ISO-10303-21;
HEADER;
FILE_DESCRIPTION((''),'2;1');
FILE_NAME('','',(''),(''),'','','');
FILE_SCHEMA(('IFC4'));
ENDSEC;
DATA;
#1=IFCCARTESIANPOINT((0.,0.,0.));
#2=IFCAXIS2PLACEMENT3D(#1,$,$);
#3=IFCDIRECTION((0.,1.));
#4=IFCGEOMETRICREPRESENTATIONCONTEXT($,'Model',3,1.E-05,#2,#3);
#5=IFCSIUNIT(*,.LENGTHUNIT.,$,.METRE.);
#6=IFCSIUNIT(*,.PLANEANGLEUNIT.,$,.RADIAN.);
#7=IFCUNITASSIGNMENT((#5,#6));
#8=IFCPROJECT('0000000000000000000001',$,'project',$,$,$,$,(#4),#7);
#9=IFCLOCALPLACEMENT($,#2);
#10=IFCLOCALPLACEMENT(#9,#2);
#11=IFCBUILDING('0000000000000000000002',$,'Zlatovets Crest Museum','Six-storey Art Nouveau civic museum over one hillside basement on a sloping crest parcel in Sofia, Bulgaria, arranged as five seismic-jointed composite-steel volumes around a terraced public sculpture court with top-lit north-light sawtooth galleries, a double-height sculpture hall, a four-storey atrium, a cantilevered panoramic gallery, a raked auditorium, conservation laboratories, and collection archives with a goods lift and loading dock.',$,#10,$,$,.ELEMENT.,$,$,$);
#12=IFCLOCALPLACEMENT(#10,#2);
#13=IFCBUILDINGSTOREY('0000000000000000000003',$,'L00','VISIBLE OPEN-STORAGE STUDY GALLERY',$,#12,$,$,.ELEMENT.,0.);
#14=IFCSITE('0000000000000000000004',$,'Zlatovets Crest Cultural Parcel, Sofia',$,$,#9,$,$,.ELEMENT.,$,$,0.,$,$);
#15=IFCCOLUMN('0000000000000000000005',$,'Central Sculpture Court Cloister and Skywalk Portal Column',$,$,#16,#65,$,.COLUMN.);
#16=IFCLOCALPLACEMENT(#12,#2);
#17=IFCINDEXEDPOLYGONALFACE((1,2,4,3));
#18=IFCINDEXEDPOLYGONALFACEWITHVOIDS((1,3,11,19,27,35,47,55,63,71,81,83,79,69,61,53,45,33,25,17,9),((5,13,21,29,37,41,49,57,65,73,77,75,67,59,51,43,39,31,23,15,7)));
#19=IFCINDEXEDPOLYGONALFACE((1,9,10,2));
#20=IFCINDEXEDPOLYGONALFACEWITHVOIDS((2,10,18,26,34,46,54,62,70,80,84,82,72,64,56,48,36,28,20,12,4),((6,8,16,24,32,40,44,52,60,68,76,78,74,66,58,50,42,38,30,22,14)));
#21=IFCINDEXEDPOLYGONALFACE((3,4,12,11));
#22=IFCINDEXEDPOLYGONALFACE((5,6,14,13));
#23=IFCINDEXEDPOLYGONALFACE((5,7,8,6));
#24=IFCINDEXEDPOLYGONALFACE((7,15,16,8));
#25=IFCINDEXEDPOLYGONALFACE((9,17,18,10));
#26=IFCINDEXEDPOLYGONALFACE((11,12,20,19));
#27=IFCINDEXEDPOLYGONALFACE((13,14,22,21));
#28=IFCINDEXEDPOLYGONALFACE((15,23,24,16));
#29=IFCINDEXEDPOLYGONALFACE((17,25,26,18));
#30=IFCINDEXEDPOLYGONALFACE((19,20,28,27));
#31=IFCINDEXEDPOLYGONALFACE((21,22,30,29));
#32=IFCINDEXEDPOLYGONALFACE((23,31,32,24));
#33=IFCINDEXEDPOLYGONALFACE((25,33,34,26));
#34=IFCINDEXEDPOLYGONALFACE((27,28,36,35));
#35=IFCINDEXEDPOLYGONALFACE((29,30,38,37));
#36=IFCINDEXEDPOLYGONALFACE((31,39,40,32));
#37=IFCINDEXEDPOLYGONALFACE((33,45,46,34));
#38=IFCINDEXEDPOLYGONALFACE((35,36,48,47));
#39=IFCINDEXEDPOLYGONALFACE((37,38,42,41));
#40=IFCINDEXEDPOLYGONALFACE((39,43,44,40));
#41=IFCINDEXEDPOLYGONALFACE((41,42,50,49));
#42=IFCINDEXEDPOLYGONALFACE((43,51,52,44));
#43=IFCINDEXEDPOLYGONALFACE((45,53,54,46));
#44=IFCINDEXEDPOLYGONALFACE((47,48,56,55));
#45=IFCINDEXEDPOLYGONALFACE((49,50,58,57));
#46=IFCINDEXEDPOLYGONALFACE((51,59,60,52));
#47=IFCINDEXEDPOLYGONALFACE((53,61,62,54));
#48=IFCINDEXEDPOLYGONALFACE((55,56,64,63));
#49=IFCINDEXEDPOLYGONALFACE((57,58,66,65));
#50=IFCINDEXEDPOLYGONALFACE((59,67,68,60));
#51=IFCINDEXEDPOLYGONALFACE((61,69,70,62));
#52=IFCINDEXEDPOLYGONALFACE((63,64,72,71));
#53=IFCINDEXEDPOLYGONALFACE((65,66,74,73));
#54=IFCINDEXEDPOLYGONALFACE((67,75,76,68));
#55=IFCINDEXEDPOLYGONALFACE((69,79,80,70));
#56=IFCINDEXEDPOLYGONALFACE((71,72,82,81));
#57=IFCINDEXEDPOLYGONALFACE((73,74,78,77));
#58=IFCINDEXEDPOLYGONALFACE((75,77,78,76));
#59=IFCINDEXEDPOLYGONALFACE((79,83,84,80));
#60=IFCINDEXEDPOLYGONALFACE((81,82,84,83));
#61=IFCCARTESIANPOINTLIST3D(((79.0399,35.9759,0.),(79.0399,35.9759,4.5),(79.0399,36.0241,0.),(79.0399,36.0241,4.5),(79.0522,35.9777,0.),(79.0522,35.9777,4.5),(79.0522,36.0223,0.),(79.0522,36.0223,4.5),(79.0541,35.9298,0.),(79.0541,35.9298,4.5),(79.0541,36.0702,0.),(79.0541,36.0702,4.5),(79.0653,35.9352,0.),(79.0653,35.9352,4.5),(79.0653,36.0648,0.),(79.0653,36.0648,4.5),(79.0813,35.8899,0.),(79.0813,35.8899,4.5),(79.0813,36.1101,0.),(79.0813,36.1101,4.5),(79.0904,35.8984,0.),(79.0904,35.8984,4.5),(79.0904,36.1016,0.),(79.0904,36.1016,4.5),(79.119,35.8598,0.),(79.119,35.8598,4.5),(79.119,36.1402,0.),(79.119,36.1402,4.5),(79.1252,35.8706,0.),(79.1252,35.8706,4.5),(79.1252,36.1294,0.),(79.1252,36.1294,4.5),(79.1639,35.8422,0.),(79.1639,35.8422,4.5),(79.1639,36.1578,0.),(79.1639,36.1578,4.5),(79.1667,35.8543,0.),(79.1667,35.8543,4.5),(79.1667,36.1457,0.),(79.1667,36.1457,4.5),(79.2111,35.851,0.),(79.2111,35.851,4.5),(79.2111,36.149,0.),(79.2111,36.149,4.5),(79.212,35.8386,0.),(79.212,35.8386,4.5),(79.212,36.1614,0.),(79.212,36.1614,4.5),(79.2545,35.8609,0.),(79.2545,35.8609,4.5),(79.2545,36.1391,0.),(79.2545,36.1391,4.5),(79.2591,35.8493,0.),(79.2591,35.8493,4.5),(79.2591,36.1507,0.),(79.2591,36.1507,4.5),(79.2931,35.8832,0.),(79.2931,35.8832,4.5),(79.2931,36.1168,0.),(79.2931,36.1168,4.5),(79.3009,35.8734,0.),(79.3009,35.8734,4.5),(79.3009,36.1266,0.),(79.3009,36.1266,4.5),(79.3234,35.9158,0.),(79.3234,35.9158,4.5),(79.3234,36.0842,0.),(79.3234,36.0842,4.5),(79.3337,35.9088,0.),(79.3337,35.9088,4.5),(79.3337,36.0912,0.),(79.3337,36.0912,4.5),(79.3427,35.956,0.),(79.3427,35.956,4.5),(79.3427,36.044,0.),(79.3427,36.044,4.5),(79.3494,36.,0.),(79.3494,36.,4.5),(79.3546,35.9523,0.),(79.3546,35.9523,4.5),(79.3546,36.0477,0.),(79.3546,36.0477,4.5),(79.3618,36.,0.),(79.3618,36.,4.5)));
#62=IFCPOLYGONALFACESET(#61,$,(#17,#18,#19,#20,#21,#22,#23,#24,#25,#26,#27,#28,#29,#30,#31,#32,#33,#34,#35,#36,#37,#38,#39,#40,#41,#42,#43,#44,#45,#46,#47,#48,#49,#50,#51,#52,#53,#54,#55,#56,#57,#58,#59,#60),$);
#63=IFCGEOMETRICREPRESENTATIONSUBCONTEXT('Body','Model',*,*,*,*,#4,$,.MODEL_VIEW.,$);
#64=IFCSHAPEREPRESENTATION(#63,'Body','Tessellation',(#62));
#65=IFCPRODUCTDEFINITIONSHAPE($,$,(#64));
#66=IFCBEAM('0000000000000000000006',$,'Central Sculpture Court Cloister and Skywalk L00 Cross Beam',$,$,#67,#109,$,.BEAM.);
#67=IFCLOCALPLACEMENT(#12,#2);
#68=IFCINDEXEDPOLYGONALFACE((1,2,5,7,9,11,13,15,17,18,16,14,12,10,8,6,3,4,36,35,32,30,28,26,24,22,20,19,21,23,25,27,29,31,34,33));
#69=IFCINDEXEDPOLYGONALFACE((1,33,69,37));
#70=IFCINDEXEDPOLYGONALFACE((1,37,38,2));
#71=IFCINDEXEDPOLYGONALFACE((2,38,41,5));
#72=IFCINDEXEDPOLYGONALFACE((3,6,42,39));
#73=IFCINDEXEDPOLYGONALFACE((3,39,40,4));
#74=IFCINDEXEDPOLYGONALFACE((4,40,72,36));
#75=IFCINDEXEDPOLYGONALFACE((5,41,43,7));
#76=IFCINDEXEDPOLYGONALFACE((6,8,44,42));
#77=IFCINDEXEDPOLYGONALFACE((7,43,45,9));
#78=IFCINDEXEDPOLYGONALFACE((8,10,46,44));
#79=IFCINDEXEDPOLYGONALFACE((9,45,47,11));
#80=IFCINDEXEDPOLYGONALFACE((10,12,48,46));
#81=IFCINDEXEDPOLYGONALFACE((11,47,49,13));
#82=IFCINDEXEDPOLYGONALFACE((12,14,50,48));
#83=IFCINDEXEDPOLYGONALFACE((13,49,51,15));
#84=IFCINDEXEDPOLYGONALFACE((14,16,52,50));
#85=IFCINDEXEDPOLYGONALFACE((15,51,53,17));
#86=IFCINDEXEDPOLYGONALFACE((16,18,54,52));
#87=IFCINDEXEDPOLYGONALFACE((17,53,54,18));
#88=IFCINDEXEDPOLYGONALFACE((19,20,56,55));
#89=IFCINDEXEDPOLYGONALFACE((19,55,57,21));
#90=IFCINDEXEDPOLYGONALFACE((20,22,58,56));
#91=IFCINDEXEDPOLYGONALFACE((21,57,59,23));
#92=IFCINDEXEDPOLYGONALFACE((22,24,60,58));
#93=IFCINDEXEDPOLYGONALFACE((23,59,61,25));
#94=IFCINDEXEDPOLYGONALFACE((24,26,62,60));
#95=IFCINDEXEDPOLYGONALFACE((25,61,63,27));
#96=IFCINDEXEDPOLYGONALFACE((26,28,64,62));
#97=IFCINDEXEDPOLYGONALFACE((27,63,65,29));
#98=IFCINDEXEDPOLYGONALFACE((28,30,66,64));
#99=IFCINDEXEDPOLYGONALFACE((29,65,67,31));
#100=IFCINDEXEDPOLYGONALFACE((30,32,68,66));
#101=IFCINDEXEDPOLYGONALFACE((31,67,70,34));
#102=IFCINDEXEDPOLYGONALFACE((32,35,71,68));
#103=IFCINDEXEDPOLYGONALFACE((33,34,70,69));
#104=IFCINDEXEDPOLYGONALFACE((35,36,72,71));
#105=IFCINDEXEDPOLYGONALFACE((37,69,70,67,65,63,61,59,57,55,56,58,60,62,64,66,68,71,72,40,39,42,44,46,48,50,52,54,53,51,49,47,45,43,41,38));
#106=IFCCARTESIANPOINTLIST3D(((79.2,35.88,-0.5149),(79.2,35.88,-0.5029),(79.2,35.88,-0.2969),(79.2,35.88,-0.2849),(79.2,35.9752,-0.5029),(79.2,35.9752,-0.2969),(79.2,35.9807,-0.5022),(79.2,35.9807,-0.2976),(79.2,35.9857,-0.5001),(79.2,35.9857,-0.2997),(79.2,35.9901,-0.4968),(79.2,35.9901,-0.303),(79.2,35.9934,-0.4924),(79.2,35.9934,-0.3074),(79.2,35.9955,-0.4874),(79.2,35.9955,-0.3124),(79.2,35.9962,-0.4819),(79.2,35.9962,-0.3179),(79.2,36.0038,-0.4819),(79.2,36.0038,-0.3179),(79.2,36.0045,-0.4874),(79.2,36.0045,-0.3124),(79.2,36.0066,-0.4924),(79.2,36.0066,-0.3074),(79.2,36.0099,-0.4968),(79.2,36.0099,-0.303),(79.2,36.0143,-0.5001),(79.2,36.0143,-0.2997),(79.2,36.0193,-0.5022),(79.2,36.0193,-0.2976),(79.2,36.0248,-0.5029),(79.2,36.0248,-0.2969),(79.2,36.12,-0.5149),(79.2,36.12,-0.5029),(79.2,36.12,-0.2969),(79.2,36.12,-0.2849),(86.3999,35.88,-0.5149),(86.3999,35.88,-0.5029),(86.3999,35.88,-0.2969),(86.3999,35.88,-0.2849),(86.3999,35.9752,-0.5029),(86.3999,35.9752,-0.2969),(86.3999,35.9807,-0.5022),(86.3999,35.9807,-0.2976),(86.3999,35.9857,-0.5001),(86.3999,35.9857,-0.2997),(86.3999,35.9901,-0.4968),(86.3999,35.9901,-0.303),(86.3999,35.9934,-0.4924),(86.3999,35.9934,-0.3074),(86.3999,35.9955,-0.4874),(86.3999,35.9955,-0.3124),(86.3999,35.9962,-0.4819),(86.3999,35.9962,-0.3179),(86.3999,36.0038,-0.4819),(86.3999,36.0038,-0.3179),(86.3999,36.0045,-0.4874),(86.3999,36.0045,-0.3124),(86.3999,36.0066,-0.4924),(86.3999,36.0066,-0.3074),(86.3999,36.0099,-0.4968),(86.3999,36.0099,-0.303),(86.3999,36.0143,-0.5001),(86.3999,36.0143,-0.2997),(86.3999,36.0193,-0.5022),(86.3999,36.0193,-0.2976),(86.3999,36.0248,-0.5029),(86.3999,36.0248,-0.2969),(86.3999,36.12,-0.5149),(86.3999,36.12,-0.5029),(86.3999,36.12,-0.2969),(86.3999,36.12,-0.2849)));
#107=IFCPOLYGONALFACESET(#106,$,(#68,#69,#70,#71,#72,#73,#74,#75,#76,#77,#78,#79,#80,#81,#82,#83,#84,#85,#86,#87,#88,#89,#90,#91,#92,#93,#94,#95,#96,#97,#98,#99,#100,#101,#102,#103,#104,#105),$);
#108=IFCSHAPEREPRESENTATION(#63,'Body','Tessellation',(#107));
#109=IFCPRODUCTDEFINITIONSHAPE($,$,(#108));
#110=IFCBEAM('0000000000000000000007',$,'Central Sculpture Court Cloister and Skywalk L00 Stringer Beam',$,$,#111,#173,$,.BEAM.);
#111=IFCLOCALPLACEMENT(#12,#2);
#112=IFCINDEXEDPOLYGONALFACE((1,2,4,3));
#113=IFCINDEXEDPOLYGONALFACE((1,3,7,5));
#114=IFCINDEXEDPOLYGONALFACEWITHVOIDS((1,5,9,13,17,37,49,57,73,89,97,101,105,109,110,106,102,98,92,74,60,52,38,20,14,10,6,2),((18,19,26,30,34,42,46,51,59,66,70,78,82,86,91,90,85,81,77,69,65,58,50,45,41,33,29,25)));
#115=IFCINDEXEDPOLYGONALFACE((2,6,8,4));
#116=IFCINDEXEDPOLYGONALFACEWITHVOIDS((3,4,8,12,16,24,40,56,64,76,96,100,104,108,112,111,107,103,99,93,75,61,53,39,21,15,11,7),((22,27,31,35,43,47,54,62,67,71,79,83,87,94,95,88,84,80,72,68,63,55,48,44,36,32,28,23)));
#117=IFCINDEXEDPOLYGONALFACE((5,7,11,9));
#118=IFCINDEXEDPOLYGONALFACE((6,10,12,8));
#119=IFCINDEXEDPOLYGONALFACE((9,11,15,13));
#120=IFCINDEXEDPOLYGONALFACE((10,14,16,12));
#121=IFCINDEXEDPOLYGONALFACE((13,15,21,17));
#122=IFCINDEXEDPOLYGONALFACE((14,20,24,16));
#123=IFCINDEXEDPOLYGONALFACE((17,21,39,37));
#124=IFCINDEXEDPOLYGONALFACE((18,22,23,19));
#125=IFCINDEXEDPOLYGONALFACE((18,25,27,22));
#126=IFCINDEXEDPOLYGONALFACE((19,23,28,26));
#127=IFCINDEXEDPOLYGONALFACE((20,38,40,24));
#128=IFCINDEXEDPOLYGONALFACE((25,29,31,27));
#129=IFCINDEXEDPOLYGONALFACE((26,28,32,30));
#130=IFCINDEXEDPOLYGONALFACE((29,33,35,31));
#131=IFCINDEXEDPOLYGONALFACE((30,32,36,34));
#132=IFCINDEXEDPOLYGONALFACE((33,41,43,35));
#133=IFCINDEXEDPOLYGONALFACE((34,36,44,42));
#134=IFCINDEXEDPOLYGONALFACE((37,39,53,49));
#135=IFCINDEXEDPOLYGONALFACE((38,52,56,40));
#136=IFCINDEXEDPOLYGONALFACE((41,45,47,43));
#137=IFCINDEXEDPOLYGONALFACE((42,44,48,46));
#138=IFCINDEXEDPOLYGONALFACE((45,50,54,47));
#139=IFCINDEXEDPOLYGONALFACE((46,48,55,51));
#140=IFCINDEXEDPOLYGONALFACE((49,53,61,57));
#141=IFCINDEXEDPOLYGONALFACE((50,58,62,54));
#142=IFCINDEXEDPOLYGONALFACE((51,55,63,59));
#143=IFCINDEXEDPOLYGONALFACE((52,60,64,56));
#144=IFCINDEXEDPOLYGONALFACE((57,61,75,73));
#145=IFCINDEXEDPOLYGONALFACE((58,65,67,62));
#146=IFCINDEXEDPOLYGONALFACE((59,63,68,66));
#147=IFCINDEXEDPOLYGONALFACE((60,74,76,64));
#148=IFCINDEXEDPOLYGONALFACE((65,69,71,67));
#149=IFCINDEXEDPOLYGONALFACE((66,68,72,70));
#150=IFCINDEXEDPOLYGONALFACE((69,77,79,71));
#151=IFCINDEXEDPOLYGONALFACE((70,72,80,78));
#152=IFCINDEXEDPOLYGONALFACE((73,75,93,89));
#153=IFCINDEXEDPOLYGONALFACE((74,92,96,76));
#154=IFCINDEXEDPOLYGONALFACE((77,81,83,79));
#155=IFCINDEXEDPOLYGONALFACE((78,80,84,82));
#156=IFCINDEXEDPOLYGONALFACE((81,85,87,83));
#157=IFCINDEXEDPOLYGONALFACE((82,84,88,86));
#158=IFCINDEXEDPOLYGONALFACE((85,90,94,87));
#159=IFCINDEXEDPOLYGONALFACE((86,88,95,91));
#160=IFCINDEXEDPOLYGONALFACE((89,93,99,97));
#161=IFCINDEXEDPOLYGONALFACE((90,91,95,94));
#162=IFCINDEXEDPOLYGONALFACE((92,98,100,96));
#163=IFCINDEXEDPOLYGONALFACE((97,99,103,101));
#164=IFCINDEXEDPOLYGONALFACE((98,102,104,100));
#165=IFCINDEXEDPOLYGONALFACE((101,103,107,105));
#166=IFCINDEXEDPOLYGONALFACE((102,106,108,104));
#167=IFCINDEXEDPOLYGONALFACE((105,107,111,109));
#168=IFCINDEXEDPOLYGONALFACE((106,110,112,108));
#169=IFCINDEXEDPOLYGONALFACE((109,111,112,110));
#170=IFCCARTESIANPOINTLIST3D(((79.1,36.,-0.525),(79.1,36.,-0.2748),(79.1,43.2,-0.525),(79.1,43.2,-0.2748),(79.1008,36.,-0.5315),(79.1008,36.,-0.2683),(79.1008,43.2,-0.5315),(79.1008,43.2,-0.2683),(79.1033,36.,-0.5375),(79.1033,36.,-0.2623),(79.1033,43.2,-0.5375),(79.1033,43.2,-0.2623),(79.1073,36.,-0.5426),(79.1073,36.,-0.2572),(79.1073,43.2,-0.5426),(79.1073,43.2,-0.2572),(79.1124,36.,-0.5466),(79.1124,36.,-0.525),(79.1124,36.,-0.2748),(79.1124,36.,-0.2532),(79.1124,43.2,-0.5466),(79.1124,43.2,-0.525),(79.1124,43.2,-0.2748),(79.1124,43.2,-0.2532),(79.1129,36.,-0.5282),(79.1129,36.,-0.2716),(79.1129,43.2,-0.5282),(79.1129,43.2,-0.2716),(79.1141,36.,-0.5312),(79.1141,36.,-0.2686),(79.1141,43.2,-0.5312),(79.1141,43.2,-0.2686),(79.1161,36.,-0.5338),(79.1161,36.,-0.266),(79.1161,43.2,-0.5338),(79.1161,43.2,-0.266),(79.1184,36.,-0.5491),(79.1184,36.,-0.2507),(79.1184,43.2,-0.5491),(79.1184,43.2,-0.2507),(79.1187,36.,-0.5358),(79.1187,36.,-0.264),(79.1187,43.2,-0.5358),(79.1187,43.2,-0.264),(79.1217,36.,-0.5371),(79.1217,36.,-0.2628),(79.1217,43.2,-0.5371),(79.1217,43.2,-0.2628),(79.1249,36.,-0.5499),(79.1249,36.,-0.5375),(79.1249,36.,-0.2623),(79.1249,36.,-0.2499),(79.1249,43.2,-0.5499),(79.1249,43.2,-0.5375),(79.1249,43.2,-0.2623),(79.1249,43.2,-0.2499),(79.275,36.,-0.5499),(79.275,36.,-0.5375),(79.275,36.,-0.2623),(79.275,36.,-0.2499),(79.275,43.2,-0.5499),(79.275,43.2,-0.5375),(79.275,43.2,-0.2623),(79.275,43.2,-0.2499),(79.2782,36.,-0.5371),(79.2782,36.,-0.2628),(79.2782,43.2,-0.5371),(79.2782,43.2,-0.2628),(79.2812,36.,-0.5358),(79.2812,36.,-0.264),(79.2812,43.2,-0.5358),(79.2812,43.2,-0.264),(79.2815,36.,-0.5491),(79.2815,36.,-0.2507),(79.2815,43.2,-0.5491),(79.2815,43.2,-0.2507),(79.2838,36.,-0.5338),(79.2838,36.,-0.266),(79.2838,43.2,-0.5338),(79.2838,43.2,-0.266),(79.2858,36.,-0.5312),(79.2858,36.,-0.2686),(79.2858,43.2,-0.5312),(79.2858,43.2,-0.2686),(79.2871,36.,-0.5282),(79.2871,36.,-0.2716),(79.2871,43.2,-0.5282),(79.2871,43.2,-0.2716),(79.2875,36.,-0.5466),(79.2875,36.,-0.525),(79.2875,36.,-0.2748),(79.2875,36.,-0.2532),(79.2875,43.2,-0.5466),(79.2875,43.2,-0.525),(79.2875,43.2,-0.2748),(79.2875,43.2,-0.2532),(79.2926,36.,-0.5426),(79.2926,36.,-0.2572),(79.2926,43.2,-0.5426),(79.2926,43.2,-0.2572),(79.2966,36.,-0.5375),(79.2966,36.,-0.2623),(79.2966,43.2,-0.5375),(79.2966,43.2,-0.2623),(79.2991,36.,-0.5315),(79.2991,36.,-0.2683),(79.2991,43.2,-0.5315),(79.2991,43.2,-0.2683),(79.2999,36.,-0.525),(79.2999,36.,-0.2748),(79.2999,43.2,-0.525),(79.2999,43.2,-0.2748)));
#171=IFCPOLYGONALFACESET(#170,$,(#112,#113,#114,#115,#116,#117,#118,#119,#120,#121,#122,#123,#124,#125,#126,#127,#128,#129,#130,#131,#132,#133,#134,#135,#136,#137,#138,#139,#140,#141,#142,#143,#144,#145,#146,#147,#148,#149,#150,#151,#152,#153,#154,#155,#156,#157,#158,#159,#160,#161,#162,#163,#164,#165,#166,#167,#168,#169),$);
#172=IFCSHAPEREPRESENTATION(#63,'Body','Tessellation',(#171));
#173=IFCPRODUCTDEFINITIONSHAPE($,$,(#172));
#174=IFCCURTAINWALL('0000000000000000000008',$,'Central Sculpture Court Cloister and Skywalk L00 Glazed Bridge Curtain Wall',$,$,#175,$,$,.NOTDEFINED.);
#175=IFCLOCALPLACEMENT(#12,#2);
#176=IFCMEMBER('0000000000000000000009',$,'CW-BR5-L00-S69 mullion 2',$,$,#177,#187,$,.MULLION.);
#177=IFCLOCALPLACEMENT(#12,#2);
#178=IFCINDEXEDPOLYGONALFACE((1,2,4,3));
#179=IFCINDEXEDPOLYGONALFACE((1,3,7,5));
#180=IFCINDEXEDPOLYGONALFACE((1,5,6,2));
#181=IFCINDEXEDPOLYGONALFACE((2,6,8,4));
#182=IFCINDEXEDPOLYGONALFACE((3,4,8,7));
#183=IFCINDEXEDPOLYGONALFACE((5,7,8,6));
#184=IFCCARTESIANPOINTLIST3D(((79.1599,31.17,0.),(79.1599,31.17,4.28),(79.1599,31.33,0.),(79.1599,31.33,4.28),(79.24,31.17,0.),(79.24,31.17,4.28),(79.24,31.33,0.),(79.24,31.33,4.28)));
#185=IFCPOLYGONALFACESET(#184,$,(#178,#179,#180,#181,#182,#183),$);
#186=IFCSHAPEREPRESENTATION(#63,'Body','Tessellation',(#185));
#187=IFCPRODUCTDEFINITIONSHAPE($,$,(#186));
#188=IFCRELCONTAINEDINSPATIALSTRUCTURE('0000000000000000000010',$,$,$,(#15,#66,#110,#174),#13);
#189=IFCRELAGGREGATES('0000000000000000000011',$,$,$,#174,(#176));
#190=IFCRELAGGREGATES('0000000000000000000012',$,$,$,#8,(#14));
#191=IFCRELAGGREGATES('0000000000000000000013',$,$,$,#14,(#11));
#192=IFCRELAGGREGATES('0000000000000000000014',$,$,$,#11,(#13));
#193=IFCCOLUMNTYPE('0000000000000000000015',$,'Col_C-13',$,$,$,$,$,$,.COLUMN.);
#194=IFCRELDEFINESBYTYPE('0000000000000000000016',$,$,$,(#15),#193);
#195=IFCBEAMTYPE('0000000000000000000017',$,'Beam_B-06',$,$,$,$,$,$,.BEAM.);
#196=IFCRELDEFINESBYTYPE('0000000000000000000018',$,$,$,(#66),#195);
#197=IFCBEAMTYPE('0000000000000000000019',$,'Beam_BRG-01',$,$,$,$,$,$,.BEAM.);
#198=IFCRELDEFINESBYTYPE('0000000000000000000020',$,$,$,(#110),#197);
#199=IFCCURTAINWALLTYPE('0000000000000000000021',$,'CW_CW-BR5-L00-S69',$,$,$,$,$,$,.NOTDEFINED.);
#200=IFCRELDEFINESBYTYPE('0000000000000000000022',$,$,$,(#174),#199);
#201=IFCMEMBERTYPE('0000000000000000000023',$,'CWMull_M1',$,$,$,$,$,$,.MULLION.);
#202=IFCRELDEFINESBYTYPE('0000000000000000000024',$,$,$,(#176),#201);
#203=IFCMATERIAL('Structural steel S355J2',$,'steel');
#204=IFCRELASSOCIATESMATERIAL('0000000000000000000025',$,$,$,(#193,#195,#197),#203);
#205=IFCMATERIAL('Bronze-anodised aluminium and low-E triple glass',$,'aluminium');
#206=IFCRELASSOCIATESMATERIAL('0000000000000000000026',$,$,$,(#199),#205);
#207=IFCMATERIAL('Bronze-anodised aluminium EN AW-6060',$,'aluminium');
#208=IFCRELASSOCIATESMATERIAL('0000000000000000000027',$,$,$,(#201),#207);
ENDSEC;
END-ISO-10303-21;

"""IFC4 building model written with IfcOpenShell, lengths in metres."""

from ifc_helpers import new_model, si_unit, direction, frame, origin, origin_2d, place, context, subcontext, project, spatial, rectangle, hollow_rectangle, hollow_circle, i_section, extrude, material, material_profile, profile_set, type_object, element, aggregate, save


model = new_model("IFC4")

# Units and contexts
model_context = context("Model", 3, precision=1e-05, world=origin(), true_north=direction((0.0, 1.0)))
body_context = subcontext(model_context, "Body", "Model", "MODEL_VIEW")
ifc_project = project(units=[si_unit("LENGTHUNIT", "METRE"), si_unit("PLANEANGLEUNIT", "RADIAN")], contexts=[model_context])

# Site, building, storey
site_placement = place(None, origin())
site = spatial("IfcSite", under=ifc_project, at=site_placement, Name="Zlatovets Crest Cultural Parcel, Sofia", CompositionType="ELEMENT", RefElevation=0.0)
building_placement = place(site_placement, origin())
building = spatial("IfcBuilding", under=site, at=building_placement, Name="Zlatovets Crest Museum", Description="Six-storey Art Nouveau civic museum over one hillside basement on a sloping crest parcel in Sofia, Bulgaria, arranged as five seismic-jointed composite-steel volumes around a terraced public sculpture court with top-lit north-light sawtooth galleries, a double-height sculpture hall, a four-storey atrium, a cantilevered panoramic gallery, a raked auditorium, conservation laboratories, and collection archives with a goods lift and loading dock.", CompositionType="ELEMENT")
storey_placement = place(building_placement, origin())
storey = spatial("IfcBuildingStorey", under=building, at=storey_placement, Name="L00", Description="VISIBLE OPEN-STORAGE STUDY GALLERY", CompositionType="ELEMENT", Elevation=0.0)

# Column
ifc_material_1 = material(Name="Structural steel S355J2", Category="steel")
ifc_material_profile_1 = material_profile(ifc_material_1, hollow_circle(Radius=0.1619, WallThickness=0.0125, at=origin_2d()), Name="CHS 323.9x12.5")
ifc_profile_set_1 = profile_set([ifc_material_profile_1], Name="Structural steel S355J2")
column_type = type_object("IfcColumnType", Name="Col_C-13", PredefinedType="COLUMN", material=ifc_profile_set_1)
column_placement = place(storey_placement, frame((79.2, 36.0, 0.0), z_axis=(0.0, 0.0, 1.0), x_axis=(1.0, 0.0, 0.0)))
element("IfcColumn", 1, at=column_placement, inside=storey, type_object=column_type, Name="Central Sculpture Court Cloister and Skywalk Portal Column", PredefinedType="COLUMN", context=body_context, shape_type="SweptSolid", body=[
    extrude(hollow_circle(Radius=0.1619, WallThickness=0.0125, at=origin_2d()), origin(), (0.0, 0.0, 1.0), 4.5),
])

# Beams
ifc_material_profile_2 = material_profile(ifc_material_1, i_section(OverallWidth=0.24, OverallDepth=0.23, WebThickness=0.0076, FlangeThickness=0.012, FilletRadius=0.021, at=origin_2d()), Name="HEA 240")
ifc_profile_set_2 = profile_set([ifc_material_profile_2], Name="Structural steel S355J2")
beam_type_1 = type_object("IfcBeamType", Name="Beam_B-06", PredefinedType="BEAM", material=ifc_profile_set_2)
beam_1_placement = place(storey_placement, frame((79.2, 36.0, -0.3999), z_axis=(1.0, 0.0, 0.0), x_axis=(0.0, 1.0, 0.0)))
element("IfcBeam", 2, at=beam_1_placement, inside=storey, type_object=beam_type_1, Name="Central Sculpture Court Cloister and Skywalk L00 Cross Beam", PredefinedType="BEAM", context=body_context, shape_type="SweptSolid", body=[
    extrude(i_section(OverallWidth=0.24, OverallDepth=0.23, WebThickness=0.0076, FlangeThickness=0.012, FilletRadius=0.021, at=origin_2d()), origin(), (0.0, 0.0, 1.0), 7.2),
])
ifc_material_profile_3 = material_profile(ifc_material_1, hollow_rectangle(XDim=0.2, YDim=0.3, WallThickness=0.0125, InnerFilletRadius=0.0125, OuterFilletRadius=0.0249, at=origin_2d()), Name="RHS 200x300x12.5")
ifc_profile_set_3 = profile_set([ifc_material_profile_3], Name="Structural steel S355J2")
beam_type_2 = type_object("IfcBeamType", Name="Beam_BRG-01", PredefinedType="BEAM", material=ifc_profile_set_3)
beam_2_placement = place(storey_placement, frame((79.2, 36.0, -0.3999), z_axis=(0.0, 1.0, 0.0), x_axis=(-1.0, 0.0, 0.0)))
element("IfcBeam", 3, at=beam_2_placement, inside=storey, type_object=beam_type_2, Name="Central Sculpture Court Cloister and Skywalk L00 Stringer Beam", PredefinedType="BEAM", context=body_context, shape_type="SweptSolid", body=[
    extrude(hollow_rectangle(XDim=0.2, YDim=0.3, WallThickness=0.0125, InnerFilletRadius=0.0125, OuterFilletRadius=0.0249, at=origin_2d()), origin(), (0.0, 0.0, 1.0), 7.2),
])

# Curtain wall, member
ifc_material_2 = material(Name="Bronze-anodised aluminium and low-E triple glass", Category="aluminium")
curtain_wall_type = type_object("IfcCurtainWallType", Name="CW_CW-BR5-L00-S69", PredefinedType="NOTDEFINED", material=ifc_material_2)
curtain_wall_placement = place(storey_placement, origin())
curtain_wall = element("IfcCurtainWall", 4, at=curtain_wall_placement, inside=storey, type_object=curtain_wall_type, Name="Central Sculpture Court Cloister and Skywalk L00 Glazed Bridge Curtain Wall", PredefinedType="NOTDEFINED")
ifc_material_3 = material(Name="Bronze-anodised aluminium EN AW-6060", Category="aluminium")
ifc_material_profile_4 = material_profile(ifc_material_3, rectangle(XDim=0.0801, YDim=0.1599, at=origin_2d()), Name="ALU 80x160")
ifc_profile_set_4 = profile_set([ifc_material_profile_4], Name="Bronze-anodised aluminium EN AW-6060")
member_type_1 = type_object("IfcMemberType", Name="CWMull_M1", PredefinedType="MULLION", material=ifc_profile_set_4)
member_1_placement = place(storey_placement, frame((79.2, 31.25, 0.0), z_axis=(0.0, 0.0, 1.0), x_axis=(-1.0, 0.0, 0.0)))
member_1 = element("IfcMember", 5, at=member_1_placement, type_object=member_type_1, Name="CW-BR5-L00-S69 mullion 2", PredefinedType="MULLION", context=body_context, shape_type="SweptSolid", body=[
    extrude(rectangle(XDim=0.0801, YDim=0.1599, at=origin_2d()), origin(), (0.0, 0.0, 1.0), 4.28),
])
aggregate(curtain_wall, [member_1])

save(model, "model.ifc")
